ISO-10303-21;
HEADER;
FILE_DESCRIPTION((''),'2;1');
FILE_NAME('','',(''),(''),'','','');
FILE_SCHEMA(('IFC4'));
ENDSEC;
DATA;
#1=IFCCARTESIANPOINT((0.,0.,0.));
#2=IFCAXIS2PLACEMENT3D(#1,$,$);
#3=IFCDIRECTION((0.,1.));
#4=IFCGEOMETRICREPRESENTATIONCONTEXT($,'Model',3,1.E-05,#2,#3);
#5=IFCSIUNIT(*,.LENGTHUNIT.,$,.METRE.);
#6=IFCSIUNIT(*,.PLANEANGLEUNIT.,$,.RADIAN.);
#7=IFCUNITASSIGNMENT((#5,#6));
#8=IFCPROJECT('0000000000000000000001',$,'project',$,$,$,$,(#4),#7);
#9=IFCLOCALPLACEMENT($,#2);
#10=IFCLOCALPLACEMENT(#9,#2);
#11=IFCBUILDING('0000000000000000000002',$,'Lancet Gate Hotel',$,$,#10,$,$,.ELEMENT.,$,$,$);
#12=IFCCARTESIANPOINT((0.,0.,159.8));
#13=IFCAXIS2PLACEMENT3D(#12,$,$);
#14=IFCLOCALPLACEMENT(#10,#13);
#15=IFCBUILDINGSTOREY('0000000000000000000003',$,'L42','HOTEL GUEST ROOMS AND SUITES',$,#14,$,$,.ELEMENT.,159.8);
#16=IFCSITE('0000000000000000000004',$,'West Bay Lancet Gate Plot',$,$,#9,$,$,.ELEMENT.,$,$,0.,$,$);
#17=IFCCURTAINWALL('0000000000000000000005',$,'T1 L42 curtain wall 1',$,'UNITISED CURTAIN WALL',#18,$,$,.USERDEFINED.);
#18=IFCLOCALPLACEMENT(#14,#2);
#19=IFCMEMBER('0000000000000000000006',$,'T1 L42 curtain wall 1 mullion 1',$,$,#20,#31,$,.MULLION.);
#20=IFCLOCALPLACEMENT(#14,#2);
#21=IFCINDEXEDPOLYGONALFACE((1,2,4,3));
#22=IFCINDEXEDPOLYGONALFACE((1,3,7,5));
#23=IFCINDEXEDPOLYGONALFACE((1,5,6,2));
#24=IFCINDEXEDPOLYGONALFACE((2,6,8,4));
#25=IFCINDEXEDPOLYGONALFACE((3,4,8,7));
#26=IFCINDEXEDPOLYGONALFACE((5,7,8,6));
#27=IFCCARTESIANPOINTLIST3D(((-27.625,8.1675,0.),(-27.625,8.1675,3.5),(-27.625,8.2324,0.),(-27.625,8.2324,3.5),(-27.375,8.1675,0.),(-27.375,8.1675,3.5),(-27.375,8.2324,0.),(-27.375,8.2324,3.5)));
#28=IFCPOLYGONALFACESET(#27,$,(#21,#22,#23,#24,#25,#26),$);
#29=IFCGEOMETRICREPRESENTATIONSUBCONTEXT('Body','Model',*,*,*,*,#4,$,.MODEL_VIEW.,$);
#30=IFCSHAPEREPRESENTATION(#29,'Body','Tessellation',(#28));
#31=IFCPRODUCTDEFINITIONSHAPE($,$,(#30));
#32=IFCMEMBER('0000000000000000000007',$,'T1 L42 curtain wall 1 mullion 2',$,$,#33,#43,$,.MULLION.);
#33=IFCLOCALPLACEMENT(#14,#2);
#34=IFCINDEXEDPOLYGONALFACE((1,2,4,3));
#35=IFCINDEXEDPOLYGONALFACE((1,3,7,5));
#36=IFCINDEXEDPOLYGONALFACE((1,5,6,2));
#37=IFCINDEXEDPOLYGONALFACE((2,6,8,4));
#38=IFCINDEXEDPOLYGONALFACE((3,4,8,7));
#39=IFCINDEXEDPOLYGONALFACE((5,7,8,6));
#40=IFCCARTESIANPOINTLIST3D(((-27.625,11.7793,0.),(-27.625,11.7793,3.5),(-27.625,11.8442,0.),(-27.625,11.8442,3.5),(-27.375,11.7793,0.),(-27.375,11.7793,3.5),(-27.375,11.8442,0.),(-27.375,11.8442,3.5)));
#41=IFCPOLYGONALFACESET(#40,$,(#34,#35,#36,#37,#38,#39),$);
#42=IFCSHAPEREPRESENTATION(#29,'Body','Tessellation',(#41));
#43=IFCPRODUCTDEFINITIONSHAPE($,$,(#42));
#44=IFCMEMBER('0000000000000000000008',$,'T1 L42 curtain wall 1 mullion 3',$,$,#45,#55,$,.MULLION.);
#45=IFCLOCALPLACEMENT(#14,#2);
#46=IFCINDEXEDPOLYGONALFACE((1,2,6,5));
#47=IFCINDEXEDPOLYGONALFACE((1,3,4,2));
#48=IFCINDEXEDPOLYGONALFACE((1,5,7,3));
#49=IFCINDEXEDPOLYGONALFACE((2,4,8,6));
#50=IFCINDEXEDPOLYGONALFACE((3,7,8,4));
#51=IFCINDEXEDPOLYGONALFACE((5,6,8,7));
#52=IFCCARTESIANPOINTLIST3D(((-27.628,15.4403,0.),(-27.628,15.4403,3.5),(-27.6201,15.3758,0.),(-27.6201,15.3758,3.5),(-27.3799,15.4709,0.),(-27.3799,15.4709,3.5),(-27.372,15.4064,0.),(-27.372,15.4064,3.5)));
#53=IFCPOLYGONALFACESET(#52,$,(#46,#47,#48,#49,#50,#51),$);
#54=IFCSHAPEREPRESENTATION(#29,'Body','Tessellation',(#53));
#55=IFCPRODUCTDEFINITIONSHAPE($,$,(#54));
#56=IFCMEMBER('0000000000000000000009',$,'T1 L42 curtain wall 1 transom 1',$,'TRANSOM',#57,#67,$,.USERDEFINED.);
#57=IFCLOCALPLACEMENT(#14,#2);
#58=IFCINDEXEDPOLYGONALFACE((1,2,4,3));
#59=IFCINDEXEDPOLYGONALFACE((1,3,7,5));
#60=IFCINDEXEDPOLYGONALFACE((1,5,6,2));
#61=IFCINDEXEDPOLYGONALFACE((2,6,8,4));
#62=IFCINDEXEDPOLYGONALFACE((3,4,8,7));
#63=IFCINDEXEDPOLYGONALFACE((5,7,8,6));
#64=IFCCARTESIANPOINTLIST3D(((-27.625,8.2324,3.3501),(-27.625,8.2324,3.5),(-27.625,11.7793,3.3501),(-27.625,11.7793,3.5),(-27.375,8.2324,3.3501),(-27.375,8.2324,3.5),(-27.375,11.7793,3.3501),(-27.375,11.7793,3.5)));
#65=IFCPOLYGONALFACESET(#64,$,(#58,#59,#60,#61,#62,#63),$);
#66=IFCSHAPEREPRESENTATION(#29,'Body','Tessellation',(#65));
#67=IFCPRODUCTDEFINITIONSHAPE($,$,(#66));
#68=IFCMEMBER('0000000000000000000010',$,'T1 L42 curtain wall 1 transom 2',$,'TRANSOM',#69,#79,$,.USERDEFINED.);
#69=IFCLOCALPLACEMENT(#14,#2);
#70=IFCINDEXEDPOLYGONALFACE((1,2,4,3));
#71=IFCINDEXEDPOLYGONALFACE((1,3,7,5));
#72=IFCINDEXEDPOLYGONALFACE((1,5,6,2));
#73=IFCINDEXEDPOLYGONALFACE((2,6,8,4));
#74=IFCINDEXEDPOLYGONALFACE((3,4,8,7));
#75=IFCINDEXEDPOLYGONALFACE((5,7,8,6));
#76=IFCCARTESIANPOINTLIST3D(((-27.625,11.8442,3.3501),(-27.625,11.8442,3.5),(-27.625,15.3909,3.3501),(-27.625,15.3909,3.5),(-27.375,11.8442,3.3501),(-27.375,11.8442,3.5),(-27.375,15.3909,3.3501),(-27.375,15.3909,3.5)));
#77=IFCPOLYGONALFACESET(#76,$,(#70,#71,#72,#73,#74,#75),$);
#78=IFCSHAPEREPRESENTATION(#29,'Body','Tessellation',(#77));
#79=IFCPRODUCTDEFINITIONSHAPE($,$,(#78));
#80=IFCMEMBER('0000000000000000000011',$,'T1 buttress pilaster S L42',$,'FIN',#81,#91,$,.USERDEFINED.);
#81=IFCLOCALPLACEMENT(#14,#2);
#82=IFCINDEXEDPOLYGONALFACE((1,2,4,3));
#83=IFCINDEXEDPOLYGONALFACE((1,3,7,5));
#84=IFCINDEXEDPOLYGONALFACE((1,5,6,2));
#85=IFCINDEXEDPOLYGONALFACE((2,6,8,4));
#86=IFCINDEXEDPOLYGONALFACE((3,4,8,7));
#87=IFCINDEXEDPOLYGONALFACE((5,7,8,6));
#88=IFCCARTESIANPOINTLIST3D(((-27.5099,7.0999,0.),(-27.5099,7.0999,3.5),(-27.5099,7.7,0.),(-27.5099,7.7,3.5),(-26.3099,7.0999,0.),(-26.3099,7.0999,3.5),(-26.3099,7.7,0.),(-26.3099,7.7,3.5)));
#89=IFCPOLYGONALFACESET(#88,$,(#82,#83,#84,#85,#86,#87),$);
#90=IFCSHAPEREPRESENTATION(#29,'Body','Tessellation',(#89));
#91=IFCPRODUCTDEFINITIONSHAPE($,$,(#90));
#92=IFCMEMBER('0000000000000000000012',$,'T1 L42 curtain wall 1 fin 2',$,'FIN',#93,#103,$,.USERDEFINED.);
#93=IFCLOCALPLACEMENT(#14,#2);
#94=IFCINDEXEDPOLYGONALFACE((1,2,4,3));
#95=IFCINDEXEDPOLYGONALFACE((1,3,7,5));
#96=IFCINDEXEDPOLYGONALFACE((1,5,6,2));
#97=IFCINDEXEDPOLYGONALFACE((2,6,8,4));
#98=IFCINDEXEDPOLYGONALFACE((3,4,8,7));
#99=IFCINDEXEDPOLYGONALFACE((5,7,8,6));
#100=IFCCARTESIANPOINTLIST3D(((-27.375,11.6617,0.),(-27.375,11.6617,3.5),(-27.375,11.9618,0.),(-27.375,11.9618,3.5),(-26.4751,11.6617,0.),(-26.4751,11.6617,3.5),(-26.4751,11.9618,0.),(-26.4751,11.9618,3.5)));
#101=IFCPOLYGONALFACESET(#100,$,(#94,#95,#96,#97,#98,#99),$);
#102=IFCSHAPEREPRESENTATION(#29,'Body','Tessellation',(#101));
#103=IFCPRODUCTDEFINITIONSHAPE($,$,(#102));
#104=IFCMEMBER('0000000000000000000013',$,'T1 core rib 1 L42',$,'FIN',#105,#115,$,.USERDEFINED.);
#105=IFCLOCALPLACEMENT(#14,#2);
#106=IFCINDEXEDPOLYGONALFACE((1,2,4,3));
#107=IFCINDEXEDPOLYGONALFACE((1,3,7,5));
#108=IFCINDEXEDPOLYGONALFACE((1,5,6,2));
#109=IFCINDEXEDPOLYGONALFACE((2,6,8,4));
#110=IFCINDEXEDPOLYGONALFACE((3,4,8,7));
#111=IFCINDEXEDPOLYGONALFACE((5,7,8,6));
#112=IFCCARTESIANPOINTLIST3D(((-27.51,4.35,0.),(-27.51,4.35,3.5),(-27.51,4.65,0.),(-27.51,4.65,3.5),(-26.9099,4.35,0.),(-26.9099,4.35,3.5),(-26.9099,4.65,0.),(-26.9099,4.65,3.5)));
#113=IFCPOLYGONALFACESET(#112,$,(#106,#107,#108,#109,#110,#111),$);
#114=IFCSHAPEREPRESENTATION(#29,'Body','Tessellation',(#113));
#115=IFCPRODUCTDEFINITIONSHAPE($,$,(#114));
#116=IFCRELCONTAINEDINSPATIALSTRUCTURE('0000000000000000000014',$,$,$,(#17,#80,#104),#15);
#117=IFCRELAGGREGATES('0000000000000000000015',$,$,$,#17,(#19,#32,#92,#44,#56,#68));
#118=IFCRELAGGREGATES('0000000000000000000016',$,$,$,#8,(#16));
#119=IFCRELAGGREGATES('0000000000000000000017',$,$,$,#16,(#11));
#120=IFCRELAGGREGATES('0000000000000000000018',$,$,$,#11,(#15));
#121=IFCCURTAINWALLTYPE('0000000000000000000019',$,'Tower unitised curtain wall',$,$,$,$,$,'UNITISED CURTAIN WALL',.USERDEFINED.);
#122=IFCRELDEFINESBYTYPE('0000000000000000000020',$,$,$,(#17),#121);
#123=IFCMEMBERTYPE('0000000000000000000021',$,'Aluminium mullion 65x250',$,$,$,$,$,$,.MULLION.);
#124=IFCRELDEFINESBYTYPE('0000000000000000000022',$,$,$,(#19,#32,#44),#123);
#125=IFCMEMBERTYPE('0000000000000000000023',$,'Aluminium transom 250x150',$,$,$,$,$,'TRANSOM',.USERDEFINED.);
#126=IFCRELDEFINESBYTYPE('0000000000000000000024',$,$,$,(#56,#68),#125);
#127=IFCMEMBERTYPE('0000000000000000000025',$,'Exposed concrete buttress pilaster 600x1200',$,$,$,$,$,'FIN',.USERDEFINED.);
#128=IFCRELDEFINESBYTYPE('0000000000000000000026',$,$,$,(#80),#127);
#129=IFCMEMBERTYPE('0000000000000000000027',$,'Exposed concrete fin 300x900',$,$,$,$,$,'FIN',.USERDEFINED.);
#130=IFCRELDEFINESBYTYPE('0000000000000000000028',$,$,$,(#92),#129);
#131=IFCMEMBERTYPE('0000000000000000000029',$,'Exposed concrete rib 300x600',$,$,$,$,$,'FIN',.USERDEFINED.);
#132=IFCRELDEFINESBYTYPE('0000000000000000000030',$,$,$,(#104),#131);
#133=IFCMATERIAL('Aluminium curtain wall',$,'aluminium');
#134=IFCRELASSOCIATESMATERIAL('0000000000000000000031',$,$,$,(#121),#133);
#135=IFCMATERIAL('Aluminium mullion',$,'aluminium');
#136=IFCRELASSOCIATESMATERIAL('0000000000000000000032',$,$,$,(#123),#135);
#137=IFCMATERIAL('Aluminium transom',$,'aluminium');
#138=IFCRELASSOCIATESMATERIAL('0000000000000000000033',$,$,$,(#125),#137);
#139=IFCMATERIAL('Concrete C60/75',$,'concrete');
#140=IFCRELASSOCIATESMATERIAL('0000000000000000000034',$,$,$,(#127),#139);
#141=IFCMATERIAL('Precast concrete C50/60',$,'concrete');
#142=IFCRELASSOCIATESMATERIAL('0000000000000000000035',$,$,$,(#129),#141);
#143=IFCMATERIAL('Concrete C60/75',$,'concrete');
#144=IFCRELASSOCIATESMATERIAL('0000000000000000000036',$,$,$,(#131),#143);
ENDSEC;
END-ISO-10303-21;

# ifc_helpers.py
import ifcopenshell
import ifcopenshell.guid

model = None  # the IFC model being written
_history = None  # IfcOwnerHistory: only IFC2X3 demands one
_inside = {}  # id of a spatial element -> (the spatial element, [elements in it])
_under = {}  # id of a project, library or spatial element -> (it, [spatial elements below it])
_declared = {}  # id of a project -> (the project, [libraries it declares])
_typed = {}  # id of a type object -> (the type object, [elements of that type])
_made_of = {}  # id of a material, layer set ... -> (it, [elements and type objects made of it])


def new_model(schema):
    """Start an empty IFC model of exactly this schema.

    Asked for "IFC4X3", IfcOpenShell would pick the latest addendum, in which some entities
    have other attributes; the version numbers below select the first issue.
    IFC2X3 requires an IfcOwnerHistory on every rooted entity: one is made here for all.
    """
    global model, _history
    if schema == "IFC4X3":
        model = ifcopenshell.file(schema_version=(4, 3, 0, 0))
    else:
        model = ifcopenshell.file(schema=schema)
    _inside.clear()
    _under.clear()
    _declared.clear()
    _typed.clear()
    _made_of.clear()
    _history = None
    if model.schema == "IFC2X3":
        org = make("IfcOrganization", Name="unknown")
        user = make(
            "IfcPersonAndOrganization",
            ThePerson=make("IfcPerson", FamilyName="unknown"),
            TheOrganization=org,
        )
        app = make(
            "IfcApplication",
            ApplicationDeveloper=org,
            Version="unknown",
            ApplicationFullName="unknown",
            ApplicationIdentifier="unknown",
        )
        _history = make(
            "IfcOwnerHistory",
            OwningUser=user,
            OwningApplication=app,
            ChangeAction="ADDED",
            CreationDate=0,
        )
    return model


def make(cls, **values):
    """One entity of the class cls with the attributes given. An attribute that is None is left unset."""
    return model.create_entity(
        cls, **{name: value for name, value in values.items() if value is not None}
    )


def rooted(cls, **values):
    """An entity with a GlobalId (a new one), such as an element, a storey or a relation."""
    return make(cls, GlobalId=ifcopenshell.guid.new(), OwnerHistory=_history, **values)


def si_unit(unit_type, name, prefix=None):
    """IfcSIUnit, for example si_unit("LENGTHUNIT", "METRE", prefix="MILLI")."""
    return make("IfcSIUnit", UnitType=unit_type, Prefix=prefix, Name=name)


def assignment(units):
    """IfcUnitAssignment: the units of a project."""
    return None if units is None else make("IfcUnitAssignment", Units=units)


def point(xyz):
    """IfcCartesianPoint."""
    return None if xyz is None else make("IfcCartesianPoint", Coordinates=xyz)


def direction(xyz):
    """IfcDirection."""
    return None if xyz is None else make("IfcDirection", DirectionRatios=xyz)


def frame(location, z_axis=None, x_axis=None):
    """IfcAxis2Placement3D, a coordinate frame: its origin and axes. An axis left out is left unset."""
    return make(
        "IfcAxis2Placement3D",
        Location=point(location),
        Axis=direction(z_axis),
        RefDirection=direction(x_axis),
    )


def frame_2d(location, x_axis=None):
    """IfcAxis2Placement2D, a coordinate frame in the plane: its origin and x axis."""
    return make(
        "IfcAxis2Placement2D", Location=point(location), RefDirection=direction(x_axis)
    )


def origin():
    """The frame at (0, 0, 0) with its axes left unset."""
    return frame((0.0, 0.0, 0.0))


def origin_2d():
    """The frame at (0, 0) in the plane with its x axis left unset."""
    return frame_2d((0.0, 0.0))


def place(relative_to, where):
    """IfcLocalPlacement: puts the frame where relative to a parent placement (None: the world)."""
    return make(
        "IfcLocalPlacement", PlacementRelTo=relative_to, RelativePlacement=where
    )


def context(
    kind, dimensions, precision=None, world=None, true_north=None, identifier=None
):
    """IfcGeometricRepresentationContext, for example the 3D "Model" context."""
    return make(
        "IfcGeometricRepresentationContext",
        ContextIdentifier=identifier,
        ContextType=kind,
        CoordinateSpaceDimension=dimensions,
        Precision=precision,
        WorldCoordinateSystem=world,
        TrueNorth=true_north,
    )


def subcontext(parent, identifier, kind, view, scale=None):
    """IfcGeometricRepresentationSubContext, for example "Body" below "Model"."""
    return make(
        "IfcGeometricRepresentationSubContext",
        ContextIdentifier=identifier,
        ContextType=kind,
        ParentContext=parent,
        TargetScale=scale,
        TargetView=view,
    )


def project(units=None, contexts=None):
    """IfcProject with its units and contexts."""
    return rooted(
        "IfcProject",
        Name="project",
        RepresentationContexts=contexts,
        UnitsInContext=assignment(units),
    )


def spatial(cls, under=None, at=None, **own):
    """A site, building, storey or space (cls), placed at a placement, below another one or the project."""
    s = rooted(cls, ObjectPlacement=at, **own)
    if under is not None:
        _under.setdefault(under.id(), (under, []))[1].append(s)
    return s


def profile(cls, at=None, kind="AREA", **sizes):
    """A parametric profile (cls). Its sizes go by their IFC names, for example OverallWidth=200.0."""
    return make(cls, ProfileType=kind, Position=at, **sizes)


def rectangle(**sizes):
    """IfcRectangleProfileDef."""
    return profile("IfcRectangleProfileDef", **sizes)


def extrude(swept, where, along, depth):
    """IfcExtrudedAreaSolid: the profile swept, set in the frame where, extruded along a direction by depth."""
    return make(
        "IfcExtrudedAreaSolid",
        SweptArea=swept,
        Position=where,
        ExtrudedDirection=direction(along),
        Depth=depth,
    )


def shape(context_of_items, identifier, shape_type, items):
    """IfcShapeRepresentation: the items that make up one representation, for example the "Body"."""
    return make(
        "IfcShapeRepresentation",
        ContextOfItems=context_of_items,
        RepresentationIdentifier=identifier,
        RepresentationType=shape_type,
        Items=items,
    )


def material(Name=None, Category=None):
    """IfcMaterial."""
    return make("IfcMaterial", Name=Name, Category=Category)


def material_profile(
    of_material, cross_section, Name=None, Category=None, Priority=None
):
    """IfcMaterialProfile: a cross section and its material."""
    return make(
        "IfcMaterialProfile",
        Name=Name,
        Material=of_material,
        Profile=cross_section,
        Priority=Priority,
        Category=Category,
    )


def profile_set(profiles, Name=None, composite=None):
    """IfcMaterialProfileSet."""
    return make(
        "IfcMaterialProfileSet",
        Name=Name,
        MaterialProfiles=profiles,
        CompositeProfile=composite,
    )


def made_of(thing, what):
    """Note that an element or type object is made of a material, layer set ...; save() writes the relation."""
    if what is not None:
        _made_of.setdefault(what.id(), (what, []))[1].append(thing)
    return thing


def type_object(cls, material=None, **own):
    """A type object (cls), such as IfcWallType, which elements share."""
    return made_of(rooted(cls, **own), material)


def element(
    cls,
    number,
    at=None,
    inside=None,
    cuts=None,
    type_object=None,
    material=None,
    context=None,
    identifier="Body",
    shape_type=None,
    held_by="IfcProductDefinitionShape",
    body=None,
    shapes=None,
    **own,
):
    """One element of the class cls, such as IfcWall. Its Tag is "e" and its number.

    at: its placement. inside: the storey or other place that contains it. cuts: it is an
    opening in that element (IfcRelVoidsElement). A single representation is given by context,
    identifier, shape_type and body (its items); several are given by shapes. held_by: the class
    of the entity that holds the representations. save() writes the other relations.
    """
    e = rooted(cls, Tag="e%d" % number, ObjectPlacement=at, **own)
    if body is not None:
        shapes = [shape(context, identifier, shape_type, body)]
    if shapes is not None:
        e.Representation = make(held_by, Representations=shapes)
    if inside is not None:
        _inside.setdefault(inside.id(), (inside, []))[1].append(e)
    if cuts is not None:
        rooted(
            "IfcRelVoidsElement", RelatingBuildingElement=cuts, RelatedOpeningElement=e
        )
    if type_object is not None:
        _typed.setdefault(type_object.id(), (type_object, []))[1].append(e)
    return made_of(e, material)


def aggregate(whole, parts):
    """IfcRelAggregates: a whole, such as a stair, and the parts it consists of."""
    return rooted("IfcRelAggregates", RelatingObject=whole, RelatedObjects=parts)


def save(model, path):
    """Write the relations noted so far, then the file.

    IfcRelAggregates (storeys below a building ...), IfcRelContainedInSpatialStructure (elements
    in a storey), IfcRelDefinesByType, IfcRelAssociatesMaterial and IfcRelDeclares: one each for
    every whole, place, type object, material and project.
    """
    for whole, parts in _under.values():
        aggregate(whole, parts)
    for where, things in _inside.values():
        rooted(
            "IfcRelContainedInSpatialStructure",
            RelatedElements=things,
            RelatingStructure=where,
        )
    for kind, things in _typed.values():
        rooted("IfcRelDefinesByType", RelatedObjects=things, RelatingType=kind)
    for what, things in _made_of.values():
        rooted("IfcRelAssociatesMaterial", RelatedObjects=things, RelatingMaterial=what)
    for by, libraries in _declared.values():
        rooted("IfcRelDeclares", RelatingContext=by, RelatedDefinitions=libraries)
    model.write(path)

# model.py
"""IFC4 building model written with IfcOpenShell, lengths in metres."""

from ifc_helpers import new_model, si_unit, direction, frame, origin, origin_2d, place, context, subcontext, project, spatial, rectangle, extrude, material, material_profile, profile_set, type_object, element, aggregate, save


model = new_model("IFC4")

# Units and contexts
model_context = context("Model", 3, precision=1e-05, world=origin(), true_north=direction((0.0, 1.0)))
body_context = subcontext(model_context, "Body", "Model", "MODEL_VIEW")
ifc_project = project(units=[si_unit("LENGTHUNIT", "METRE"), si_unit("PLANEANGLEUNIT", "RADIAN")], contexts=[model_context])

# Site, building, storey
site_placement = place(None, origin())
site = spatial("IfcSite", under=ifc_project, at=site_placement, Name="West Bay Lancet Gate Plot", CompositionType="ELEMENT", RefElevation=0.0)
building_placement = place(site_placement, origin())
building = spatial("IfcBuilding", under=site, at=building_placement, Name="Lancet Gate Hotel", CompositionType="ELEMENT")
storey_placement = place(building_placement, frame((0.0, 0.0, 159.8)))
storey = spatial("IfcBuildingStorey", under=building, at=storey_placement, Name="L42", Description="HOTEL GUEST ROOMS AND SUITES", CompositionType="ELEMENT", Elevation=159.8)

# Curtain wall, members
ifc_material_1 = material(Name="Aluminium curtain wall", Category="aluminium")
curtain_wall_type = type_object("IfcCurtainWallType", Name="Tower unitised curtain wall", ElementType="UNITISED CURTAIN WALL", PredefinedType="USERDEFINED", material=ifc_material_1)
curtain_wall_placement = place(storey_placement, origin())
curtain_wall = element("IfcCurtainWall", 1, at=curtain_wall_placement, inside=storey, type_object=curtain_wall_type, Name="T1 L42 curtain wall 1", ObjectType="UNITISED CURTAIN WALL", PredefinedType="USERDEFINED")
ifc_material_2 = material(Name="Aluminium mullion", Category="aluminium")
ifc_material_profile_1 = material_profile(ifc_material_2, rectangle(XDim=0.0649, YDim=0.25, at=origin_2d()), Name="MULLION 65x250")
ifc_profile_set_1 = profile_set([ifc_material_profile_1], Name="Aluminium mullion")
member_type_1 = type_object("IfcMemberType", Name="Aluminium mullion 65x250", PredefinedType="MULLION", material=ifc_profile_set_1)
member_1_placement = place(storey_placement, frame((-27.5, 8.2, 0.0), z_axis=(0.0, 0.0, 1.0), x_axis=(0.0, 1.0, 0.0)))
member_1 = element("IfcMember", 2, at=member_1_placement, type_object=member_type_1, Name="T1 L42 curtain wall 1 mullion 1", PredefinedType="MULLION", context=body_context, shape_type="SweptSolid", body=[
    extrude(rectangle(XDim=0.0649, YDim=0.25, at=origin_2d()), origin(), (0.0, 0.0, 1.0), 3.5),
])
member_2_placement = place(storey_placement, frame((-27.5, 11.8118, 0.0), z_axis=(0.0, 0.0, 1.0), x_axis=(0.0, 1.0, 0.0)))
member_2 = element("IfcMember", 3, at=member_2_placement, type_object=member_type_1, Name="T1 L42 curtain wall 1 mullion 2", PredefinedType="MULLION", context=body_context, shape_type="SweptSolid", body=[
    extrude(rectangle(XDim=0.0649, YDim=0.25, at=origin_2d()), origin(), (0.0, 0.0, 1.0), 3.5),
])
member_3_placement = place(storey_placement, frame((-27.5, 15.4233, 0.0), z_axis=(0.0, 0.0, 1.0), x_axis=(-0.122467, 0.992473, 0.0)))
member_3 = element("IfcMember", 4, at=member_3_placement, type_object=member_type_1, Name="T1 L42 curtain wall 1 mullion 3", PredefinedType="MULLION", context=body_context, shape_type="SweptSolid", body=[
    extrude(rectangle(XDim=0.0649, YDim=0.25, at=origin_2d()), origin(), (0.0, 0.0, 1.0), 3.5),
])
ifc_material_3 = material(Name="Aluminium transom", Category="aluminium")
ifc_material_profile_2 = material_profile(ifc_material_3, rectangle(XDim=0.25, YDim=0.1499, at=origin_2d()), Name="TRANSOM 250x150")
ifc_profile_set_2 = profile_set([ifc_material_profile_2], Name="Aluminium transom")
member_type_2 = type_object("IfcMemberType", Name="Aluminium transom 250x150", ElementType="TRANSOM", PredefinedType="USERDEFINED", material=ifc_profile_set_2)
member_4_placement = place(storey_placement, frame((-27.5, 8.2324, 3.425), z_axis=(0.0, 1.0, 0.0), x_axis=(-1.0, 0.0, 0.0)))
member_4 = element("IfcMember", 5, at=member_4_placement, type_object=member_type_2, Name="T1 L42 curtain wall 1 transom 1", ObjectType="TRANSOM", PredefinedType="USERDEFINED", context=body_context, shape_type="SweptSolid", body=[
    extrude(rectangle(XDim=0.25, YDim=0.1499, at=origin_2d()), origin(), (0.0, 0.0, 1.0), 3.5469),
])
member_5_placement = place(storey_placement, frame((-27.5, 11.8442, 3.425), z_axis=(0.0, 1.0, 0.0), x_axis=(-1.0, 0.0, 0.0)))
member_5 = element("IfcMember", 6, at=member_5_placement, type_object=member_type_2, Name="T1 L42 curtain wall 1 transom 2", ObjectType="TRANSOM", PredefinedType="USERDEFINED", context=body_context, shape_type="SweptSolid", body=[
    extrude(rectangle(XDim=0.25, YDim=0.1499, at=origin_2d()), origin(), (0.0, 0.0, 1.0), 3.5466),
])

# Members
ifc_material_4 = material(Name="Concrete C60/75", Category="concrete")
ifc_material_profile_3 = material_profile(ifc_material_4, rectangle(XDim=0.6001, YDim=1.2, at=origin_2d()), Name="FIN 600x1200")
ifc_profile_set_3 = profile_set([ifc_material_profile_3], Name="Concrete C60/75")
member_type_3 = type_object("IfcMemberType", Name="Exposed concrete buttress pilaster 600x1200", ElementType="FIN", PredefinedType="USERDEFINED", material=ifc_profile_set_3)
member_6_placement = place(storey_placement, frame((-26.9099, 7.3999, 0.0), z_axis=(0.0, 0.0, 1.0), x_axis=(0.0, 1.0, 0.0)))
element("IfcMember", 7, at=member_6_placement, inside=storey, type_object=member_type_3, Name="T1 buttress pilaster S L42", ObjectType="FIN", PredefinedType="USERDEFINED", context=body_context, shape_type="SweptSolid", body=[
    extrude(rectangle(XDim=0.6001, YDim=1.2, at=origin_2d()), origin(), (0.0, 0.0, 1.0), 3.5),
])
ifc_material_5 = material(Name="Precast concrete C50/60", Category="concrete")
ifc_material_profile_4 = material_profile(ifc_material_5, rectangle(XDim=0.3, YDim=0.8999, at=origin_2d()), Name="FIN 300x900")
ifc_profile_set_4 = profile_set([ifc_material_profile_4], Name="Precast concrete C50/60")
member_type_4 = type_object("IfcMemberType", Name="Exposed concrete fin 300x900", ElementType="FIN", PredefinedType="USERDEFINED", material=ifc_profile_set_4)
member_7_placement = place(storey_placement, frame((-26.925, 11.8118, 0.0), z_axis=(0.0, 0.0, 1.0), x_axis=(0.0, 1.0, 0.0)))
member_7 = element("IfcMember", 8, at=member_7_placement, type_object=member_type_4, Name="T1 L42 curtain wall 1 fin 2", ObjectType="FIN", PredefinedType="USERDEFINED", context=body_context, shape_type="SweptSolid", body=[
    extrude(rectangle(XDim=0.3, YDim=0.8999, at=origin_2d()), origin(), (0.0, 0.0, 1.0), 3.5),
])
ifc_material_6 = material(Name="Concrete C60/75", Category="concrete")
ifc_material_profile_5 = material_profile(ifc_material_6, rectangle(XDim=0.3, YDim=0.6001, at=origin_2d()), Name="FIN 300x600")
ifc_profile_set_5 = profile_set([ifc_material_profile_5], Name="Concrete C60/75")
member_type_5 = type_object("IfcMemberType", Name="Exposed concrete rib 300x600", ElementType="FIN", PredefinedType="USERDEFINED", material=ifc_profile_set_5)
member_8_placement = place(storey_placement, frame((-27.21, 4.5, 0.0), z_axis=(0.0, 0.0, 1.0), x_axis=(0.0, 1.0, 0.0)))
element("IfcMember", 9, at=member_8_placement, inside=storey, type_object=member_type_5, Name="T1 core rib 1 L42", ObjectType="FIN", PredefinedType="USERDEFINED", context=body_context, shape_type="SweptSolid", body=[
    extrude(rectangle(XDim=0.3, YDim=0.6001, at=origin_2d()), origin(), (0.0, 0.0, 1.0), 3.5),
])

aggregate(curtain_wall, [member_1, member_2, member_7, member_3, member_4, member_5])

save(model, "model.ifc")
